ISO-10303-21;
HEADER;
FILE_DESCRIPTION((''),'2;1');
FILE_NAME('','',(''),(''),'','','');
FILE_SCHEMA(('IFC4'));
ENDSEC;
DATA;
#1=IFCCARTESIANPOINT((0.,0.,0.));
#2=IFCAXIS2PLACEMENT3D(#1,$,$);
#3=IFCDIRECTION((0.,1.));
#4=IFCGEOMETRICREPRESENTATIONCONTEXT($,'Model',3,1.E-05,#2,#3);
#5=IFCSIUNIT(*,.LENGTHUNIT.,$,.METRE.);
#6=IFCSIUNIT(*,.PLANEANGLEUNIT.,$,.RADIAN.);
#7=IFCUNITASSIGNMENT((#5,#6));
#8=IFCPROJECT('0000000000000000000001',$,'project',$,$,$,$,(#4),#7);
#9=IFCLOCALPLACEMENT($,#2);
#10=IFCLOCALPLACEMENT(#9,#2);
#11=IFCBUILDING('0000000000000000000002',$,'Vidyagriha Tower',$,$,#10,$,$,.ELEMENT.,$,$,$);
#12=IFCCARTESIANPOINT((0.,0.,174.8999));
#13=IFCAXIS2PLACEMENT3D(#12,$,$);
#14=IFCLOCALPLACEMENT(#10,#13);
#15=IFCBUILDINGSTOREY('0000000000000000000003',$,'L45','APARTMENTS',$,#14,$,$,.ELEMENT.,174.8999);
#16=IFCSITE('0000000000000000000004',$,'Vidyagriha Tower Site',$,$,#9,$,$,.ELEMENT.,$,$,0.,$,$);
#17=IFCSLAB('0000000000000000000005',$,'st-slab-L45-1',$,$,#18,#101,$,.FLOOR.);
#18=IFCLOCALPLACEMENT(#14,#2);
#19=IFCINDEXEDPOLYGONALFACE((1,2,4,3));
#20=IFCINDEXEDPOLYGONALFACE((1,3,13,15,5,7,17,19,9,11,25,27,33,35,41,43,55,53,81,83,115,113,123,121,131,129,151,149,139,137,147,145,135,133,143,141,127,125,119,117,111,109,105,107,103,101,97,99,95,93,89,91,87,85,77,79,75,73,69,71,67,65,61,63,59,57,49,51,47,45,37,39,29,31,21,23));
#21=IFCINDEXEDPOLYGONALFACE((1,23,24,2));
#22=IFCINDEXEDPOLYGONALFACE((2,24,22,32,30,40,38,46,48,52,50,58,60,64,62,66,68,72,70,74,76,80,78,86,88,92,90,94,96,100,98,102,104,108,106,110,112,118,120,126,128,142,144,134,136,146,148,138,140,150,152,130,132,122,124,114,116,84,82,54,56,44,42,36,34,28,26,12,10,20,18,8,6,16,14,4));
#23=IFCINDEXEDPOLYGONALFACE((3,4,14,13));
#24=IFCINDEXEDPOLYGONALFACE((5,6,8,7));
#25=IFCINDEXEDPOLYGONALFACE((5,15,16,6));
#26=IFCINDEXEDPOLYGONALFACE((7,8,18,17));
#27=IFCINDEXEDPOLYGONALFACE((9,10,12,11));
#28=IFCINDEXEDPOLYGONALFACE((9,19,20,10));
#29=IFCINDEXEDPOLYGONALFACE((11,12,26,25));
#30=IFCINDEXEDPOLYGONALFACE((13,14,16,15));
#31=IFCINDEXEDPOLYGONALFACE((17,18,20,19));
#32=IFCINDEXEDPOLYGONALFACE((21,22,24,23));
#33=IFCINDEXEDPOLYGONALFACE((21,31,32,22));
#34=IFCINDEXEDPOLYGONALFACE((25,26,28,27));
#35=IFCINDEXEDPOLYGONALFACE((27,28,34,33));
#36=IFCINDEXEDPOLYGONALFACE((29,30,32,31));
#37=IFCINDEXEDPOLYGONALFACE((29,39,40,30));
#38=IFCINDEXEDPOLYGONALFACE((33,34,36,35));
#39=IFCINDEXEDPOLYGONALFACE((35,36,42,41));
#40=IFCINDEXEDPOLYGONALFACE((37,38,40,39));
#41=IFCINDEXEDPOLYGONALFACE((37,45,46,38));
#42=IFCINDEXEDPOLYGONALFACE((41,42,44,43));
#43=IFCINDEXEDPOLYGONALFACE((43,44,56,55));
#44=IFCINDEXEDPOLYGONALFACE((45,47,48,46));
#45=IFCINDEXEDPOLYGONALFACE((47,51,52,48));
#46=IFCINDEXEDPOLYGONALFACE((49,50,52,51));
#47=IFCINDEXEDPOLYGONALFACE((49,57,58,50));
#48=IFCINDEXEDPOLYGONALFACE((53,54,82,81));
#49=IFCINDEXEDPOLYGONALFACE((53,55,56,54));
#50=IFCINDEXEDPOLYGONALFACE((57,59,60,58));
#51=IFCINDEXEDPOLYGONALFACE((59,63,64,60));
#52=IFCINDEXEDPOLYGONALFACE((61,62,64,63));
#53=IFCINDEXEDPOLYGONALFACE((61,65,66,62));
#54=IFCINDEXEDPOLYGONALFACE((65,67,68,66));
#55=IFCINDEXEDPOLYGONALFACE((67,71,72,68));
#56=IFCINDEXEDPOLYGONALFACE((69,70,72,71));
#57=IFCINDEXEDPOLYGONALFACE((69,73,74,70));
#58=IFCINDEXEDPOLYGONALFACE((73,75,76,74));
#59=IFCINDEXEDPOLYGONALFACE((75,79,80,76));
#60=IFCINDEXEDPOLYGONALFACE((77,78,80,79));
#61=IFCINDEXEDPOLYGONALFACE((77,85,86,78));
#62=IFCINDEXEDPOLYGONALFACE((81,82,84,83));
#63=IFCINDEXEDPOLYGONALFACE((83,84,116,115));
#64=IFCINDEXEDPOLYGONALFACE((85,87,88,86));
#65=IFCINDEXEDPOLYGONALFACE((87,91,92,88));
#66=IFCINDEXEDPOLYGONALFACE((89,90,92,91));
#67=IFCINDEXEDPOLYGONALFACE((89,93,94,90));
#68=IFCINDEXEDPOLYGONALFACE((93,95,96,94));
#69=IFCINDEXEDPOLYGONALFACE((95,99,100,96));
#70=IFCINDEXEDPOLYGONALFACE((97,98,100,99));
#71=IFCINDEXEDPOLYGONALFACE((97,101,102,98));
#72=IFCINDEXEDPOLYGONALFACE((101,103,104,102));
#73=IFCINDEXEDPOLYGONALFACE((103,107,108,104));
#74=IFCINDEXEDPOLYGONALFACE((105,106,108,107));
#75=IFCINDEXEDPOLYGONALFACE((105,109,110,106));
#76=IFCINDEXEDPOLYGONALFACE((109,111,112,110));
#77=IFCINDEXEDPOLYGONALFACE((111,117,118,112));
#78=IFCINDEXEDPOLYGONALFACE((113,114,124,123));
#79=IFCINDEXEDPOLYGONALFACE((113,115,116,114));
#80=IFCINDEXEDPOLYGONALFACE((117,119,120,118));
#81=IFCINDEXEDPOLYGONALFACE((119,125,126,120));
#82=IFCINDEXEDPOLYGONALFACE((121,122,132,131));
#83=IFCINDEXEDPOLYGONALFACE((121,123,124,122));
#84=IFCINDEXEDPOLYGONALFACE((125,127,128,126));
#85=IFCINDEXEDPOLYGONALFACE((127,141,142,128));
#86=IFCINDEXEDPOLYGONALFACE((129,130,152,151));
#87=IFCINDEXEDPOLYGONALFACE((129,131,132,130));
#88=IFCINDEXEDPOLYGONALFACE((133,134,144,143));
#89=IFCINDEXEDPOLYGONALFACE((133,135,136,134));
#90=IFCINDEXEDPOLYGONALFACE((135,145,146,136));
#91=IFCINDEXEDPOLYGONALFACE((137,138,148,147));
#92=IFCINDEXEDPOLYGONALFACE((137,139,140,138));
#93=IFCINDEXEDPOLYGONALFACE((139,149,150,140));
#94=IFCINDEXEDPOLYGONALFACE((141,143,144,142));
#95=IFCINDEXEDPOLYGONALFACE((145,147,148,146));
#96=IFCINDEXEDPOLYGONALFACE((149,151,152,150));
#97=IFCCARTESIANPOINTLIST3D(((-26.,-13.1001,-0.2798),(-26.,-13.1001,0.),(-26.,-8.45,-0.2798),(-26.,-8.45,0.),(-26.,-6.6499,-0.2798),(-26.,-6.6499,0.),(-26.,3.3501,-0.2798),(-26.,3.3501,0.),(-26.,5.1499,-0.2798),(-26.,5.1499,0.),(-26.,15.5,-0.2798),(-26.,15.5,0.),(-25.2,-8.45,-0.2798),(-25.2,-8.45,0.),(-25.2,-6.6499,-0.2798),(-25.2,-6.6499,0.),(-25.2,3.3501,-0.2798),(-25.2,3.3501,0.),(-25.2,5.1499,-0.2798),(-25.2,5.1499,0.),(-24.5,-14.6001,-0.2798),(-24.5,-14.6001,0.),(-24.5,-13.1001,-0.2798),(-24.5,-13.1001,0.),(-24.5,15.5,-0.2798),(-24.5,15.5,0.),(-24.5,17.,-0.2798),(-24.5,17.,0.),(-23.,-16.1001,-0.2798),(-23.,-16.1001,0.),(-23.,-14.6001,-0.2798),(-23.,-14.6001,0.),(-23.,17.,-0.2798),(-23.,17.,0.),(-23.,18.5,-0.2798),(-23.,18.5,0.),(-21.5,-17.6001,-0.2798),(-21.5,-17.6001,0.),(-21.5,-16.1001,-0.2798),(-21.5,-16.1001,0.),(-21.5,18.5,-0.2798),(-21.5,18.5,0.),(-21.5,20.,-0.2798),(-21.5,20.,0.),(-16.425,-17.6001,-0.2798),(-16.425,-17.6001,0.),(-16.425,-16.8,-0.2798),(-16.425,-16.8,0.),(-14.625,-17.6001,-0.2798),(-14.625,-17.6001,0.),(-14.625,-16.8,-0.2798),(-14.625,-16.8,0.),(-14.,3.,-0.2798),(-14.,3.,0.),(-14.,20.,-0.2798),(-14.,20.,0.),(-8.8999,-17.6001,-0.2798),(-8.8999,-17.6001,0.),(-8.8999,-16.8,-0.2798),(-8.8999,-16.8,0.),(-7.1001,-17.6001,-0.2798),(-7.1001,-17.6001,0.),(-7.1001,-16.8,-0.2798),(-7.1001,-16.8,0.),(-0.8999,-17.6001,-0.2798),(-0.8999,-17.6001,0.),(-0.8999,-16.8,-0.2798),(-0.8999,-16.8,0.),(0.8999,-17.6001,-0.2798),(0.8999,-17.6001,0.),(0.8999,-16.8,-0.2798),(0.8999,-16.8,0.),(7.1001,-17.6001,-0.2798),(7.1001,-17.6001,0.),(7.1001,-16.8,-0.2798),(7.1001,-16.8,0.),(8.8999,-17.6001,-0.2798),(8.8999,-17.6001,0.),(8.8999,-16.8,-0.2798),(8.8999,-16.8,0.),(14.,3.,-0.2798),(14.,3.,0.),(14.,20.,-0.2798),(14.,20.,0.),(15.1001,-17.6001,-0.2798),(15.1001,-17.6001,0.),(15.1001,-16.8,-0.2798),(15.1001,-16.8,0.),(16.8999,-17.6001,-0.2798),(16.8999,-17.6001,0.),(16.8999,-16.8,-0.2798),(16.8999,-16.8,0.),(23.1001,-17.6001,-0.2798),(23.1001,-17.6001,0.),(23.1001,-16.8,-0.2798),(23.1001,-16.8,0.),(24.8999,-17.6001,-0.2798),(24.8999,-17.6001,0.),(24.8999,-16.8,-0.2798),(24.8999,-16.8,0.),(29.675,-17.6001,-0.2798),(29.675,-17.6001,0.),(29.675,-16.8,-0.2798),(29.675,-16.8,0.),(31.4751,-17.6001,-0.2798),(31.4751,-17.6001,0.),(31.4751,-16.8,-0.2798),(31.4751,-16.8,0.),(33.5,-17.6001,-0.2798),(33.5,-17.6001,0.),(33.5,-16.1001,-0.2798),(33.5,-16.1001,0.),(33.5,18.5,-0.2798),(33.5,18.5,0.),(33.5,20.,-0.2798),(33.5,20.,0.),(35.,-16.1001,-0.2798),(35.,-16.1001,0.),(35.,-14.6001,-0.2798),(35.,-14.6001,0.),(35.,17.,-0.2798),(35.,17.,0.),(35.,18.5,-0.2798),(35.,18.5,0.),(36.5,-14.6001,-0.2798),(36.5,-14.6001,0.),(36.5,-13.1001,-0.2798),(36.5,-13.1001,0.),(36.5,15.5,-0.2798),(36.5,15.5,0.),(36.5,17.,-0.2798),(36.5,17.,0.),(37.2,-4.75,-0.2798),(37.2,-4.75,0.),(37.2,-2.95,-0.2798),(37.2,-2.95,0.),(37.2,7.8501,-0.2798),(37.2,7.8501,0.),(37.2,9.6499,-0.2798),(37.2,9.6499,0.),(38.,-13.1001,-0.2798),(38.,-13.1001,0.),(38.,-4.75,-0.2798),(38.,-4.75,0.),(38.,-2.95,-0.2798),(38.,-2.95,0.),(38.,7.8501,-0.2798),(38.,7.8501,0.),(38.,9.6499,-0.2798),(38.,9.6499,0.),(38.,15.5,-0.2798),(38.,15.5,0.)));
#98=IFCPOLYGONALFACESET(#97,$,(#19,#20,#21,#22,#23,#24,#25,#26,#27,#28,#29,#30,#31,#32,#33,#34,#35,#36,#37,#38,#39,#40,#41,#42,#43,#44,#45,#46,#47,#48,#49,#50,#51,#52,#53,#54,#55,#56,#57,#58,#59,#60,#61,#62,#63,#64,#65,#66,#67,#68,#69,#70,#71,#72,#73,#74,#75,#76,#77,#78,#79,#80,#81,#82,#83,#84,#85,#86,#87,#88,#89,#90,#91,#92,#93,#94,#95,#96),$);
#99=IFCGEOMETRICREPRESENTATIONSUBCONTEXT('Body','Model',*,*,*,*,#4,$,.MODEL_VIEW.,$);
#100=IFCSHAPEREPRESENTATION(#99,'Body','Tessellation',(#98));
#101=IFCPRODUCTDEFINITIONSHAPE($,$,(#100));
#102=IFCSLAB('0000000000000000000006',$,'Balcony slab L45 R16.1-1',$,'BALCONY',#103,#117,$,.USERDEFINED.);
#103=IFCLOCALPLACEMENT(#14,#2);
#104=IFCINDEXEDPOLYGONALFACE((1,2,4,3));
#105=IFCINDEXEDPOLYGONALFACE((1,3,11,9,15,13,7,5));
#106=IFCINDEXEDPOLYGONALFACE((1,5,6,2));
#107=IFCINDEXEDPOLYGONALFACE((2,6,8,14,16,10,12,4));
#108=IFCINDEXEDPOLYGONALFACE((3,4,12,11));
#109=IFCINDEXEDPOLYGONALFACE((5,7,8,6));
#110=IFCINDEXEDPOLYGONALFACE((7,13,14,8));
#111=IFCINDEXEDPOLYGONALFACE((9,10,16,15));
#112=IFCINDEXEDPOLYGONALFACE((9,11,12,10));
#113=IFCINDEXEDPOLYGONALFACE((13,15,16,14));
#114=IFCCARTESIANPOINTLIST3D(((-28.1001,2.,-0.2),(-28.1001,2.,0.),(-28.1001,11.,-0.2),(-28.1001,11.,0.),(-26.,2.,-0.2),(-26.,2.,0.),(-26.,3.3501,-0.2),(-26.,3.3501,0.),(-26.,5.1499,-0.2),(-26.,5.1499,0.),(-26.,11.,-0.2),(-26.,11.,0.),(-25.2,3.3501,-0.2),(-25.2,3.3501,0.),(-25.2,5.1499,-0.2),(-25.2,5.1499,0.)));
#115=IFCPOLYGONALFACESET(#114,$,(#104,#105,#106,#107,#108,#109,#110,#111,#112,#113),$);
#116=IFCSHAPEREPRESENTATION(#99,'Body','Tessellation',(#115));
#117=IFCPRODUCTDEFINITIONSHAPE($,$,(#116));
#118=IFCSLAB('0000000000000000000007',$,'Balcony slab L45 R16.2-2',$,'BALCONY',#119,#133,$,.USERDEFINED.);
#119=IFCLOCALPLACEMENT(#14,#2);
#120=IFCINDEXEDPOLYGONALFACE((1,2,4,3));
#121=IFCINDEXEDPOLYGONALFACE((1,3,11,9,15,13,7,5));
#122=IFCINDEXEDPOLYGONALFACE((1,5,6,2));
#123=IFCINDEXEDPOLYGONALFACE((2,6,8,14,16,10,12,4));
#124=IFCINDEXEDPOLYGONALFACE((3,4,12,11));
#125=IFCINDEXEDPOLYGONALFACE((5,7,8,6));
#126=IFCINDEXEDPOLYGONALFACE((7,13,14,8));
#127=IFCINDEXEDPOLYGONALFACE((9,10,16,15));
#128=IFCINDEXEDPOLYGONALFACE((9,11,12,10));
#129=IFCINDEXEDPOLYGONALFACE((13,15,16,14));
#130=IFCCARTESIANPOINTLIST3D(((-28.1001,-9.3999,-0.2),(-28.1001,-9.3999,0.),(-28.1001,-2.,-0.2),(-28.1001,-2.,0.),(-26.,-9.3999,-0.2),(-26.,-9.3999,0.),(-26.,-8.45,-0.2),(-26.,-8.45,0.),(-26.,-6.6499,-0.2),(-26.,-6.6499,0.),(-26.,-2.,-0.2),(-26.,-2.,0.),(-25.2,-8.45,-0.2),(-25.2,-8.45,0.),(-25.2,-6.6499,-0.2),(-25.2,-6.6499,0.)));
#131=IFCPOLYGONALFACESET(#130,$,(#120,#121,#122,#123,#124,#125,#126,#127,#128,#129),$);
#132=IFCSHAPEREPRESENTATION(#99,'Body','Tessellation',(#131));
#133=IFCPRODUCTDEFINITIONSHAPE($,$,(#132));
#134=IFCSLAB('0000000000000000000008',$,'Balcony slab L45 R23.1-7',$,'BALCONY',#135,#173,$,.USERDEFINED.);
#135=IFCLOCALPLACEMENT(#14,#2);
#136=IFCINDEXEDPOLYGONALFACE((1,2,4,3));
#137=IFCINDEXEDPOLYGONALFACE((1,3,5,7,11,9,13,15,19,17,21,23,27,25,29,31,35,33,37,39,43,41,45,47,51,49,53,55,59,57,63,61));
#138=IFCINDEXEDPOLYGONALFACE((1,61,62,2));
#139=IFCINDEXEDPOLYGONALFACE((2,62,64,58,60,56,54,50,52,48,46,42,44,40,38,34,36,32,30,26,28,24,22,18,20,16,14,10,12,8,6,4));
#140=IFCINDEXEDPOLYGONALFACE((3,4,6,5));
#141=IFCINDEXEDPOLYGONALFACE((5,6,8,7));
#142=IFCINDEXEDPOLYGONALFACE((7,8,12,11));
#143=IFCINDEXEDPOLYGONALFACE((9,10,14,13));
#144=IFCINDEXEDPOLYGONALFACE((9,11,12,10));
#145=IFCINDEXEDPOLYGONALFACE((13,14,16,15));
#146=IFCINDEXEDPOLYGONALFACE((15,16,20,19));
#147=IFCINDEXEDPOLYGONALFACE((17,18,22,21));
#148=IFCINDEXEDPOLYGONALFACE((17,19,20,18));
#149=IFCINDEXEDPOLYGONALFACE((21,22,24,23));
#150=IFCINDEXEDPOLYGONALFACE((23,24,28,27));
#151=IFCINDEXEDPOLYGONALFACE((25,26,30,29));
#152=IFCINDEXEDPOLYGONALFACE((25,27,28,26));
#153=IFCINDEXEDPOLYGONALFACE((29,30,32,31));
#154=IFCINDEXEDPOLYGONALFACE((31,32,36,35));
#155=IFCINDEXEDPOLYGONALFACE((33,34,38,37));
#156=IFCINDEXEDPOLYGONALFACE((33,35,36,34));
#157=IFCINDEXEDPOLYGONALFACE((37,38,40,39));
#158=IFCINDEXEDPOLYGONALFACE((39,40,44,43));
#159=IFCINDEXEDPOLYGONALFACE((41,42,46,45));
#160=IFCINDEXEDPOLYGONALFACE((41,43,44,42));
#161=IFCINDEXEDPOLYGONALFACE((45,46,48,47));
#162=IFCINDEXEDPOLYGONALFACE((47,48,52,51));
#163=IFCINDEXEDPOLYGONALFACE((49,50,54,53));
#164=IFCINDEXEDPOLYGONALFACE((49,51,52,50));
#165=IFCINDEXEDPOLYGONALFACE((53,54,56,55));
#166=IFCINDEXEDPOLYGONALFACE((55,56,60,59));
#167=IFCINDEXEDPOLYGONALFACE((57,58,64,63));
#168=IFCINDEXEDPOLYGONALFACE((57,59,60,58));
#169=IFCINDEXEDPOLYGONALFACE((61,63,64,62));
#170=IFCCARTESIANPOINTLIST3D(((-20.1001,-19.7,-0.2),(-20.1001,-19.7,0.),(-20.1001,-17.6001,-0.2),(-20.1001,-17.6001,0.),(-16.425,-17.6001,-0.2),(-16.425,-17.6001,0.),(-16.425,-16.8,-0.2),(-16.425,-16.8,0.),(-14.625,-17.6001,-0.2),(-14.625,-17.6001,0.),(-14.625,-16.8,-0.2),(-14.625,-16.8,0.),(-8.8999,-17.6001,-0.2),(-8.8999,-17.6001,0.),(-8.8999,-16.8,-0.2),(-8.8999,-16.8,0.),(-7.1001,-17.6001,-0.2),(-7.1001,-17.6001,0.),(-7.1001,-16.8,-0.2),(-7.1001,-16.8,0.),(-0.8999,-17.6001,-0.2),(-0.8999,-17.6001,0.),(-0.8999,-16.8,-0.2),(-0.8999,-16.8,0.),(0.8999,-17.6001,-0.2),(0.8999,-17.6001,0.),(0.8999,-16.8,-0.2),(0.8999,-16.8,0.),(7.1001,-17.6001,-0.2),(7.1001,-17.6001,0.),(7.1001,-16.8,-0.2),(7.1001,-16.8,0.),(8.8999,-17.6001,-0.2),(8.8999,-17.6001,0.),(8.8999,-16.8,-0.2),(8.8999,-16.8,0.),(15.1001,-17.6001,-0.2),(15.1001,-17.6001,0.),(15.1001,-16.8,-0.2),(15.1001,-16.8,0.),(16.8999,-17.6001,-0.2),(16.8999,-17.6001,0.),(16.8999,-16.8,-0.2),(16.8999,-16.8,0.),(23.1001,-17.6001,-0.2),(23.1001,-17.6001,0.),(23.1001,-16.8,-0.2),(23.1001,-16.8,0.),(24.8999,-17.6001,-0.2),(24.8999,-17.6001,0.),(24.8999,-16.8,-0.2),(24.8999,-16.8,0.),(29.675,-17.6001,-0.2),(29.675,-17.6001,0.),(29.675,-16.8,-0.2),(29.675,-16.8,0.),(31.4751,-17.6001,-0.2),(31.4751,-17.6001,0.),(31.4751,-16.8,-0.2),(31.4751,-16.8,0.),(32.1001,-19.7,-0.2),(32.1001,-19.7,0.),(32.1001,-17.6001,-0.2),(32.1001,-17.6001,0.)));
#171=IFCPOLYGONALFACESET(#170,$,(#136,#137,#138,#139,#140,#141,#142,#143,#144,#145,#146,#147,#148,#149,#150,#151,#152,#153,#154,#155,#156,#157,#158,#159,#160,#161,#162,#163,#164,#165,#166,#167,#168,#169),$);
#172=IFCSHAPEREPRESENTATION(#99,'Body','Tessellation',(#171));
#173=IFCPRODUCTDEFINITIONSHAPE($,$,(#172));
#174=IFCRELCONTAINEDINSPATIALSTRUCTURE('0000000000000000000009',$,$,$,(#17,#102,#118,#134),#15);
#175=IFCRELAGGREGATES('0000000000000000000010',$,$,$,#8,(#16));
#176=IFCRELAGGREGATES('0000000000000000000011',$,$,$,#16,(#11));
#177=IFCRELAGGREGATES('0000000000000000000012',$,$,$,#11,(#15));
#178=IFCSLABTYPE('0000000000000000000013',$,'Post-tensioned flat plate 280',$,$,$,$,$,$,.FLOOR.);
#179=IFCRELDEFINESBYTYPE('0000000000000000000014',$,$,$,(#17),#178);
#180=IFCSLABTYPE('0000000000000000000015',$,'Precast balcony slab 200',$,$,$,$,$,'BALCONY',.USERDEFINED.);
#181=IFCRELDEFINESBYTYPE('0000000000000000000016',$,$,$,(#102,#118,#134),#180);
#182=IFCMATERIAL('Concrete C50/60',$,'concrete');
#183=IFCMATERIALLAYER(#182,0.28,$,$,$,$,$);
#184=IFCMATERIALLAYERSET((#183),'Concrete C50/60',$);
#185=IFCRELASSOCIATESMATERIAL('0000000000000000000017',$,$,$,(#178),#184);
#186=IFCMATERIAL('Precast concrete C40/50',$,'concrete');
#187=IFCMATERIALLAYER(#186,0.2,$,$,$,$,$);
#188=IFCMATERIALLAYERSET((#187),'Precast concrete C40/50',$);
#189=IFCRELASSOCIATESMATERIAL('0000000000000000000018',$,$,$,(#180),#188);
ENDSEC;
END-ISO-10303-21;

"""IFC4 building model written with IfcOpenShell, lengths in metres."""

from ifc_helpers import new_model, si_unit, direction, frame, origin, place, context, subcontext, project, spatial, polyline, outline, extrude, material, layer, layer_set, type_object, element, save


model = new_model("IFC4")

# Units and contexts
model_context = context("Model", 3, precision=1e-05, world=origin(), true_north=direction((0.0, 1.0)))
body_context = subcontext(model_context, "Body", "Model", "MODEL_VIEW")
ifc_project = project(units=[si_unit("LENGTHUNIT", "METRE"), si_unit("PLANEANGLEUNIT", "RADIAN")], contexts=[model_context])

# Site, building, storey
site_placement = place(None, origin())
site = spatial("IfcSite", under=ifc_project, at=site_placement, Name="Vidyagriha Tower Site", CompositionType="ELEMENT", RefElevation=0.0)
building_placement = place(site_placement, origin())
building = spatial("IfcBuilding", under=site, at=building_placement, Name="Vidyagriha Tower", CompositionType="ELEMENT")
storey_placement = place(building_placement, frame((0.0, 0.0, 174.8999)))
storey = spatial("IfcBuildingStorey", under=building, at=storey_placement, Name="L45", Description="APARTMENTS", CompositionType="ELEMENT", Elevation=174.8999)

# Slabs
ifc_material_1 = material(Name="Concrete C50/60", Category="concrete")
ifc_layer_1 = layer(ifc_material_1, 0.28)
ifc_layer_set_1 = layer_set([ifc_layer_1], Name="Concrete C50/60")
slab_type_1 = type_object("IfcSlabType", Name="Post-tensioned flat plate 280", PredefinedType="FLOOR", material=ifc_layer_set_1)
slab_1_placement = place(storey_placement, frame((0.0, 0.0, -0.2798)))
element("IfcSlab", 1, at=slab_1_placement, inside=storey, type_object=slab_type_1, Name="st-slab-L45-1", PredefinedType="FLOOR", context=body_context, shape_type="SweptSolid", body=[
    extrude(outline(polyline([(36.5, -14.6001), (35.0, -14.6001), (35.0, -16.1001), (33.5, -16.1001), (33.5, -17.6001), (31.4751, -17.6001), (31.4751, -16.8), (29.675, -16.8), (29.675, -17.6001), (24.8999, -17.6001), (24.8999, -16.8), (23.1001, -16.8), (23.1001, -17.6001), (16.8999, -17.6001), (16.8999, -16.8), (15.1001, -16.8), (15.1001, -17.6001), (8.8999, -17.6001), (8.8999, -16.8), (7.1001, -16.8), (7.1001, -17.6001), (0.8999, -17.6001), (0.8999, -16.8), (-0.8999, -16.8), (-0.8999, -17.6001), (-7.1001, -17.6001), (-7.1001, -16.8), (-8.8999, -16.8), (-8.8999, -17.6001), (-14.625, -17.6001), (-14.625, -16.8), (-16.425, -16.8), (-16.425, -17.6001), (-21.5, -17.6001), (-21.5, -16.1001), (-23.0, -16.1001), (-23.0, -14.6001), (-24.5, -14.6001), (-24.5, -13.1001), (-26.0, -13.1001), (-26.0, -8.45), (-25.2, -8.45), (-25.2, -6.6499), (-26.0, -6.6499), (-26.0, 3.3501), (-25.2, 3.3501), (-25.2, 5.1499), (-26.0, 5.1499), (-26.0, 15.5), (-24.5, 15.5), (-24.5, 17.0), (-23.0, 17.0), (-23.0, 18.5), (-21.5, 18.5), (-21.5, 20.0), (-14.0, 20.0), (-14.0, 3.0), (14.0, 3.0), (14.0, 20.0), (33.5, 20.0), (33.5, 18.5), (35.0, 18.5), (35.0, 17.0), (36.5, 17.0), (36.5, 15.5), (38.0, 15.5), (38.0, 9.6499), (37.2, 9.6499), (37.2, 7.8501), (38.0, 7.8501), (38.0, -2.95), (37.2, -2.95), (37.2, -4.75), (38.0, -4.75), (38.0, -13.1001), (36.5, -13.1001), (36.5, -14.6001)])), origin(), (0.0, 0.0, 1.0), 0.2798),
])
ifc_material_2 = material(Name="Precast concrete C40/50", Category="concrete")
ifc_layer_2 = layer(ifc_material_2, 0.2)
ifc_layer_set_2 = layer_set([ifc_layer_2], Name="Precast concrete C40/50")
slab_type_2 = type_object("IfcSlabType", Name="Precast balcony slab 200", ElementType="BALCONY", PredefinedType="USERDEFINED", material=ifc_layer_set_2)
slab_2_placement = place(storey_placement, frame((0.0, 0.0, -0.2)))
element("IfcSlab", 2, at=slab_2_placement, inside=storey, type_object=slab_type_2, Name="Balcony slab L45 R16.1-1", ObjectType="BALCONY", PredefinedType="USERDEFINED", context=body_context, shape_type="SweptSolid", body=[
    extrude(outline(polyline([(-25.2, 3.3501), (-25.2, 5.1499), (-26.0, 5.1499), (-26.0, 11.0), (-28.1001, 11.0), (-28.1001, 2.0), (-26.0, 2.0), (-26.0, 3.3501), (-25.2, 3.3501)])), origin(), (0.0, 0.0, 1.0), 0.2),
])
slab_3_placement = place(storey_placement, frame((0.0, 0.0, -0.2)))
element("IfcSlab", 3, at=slab_3_placement, inside=storey, type_object=slab_type_2, Name="Balcony slab L45 R16.2-2", ObjectType="BALCONY", PredefinedType="USERDEFINED", context=body_context, shape_type="SweptSolid", body=[
    extrude(outline(polyline([(-25.2, -8.45), (-25.2, -6.6499), (-26.0, -6.6499), (-26.0, -2.0), (-28.1001, -2.0), (-28.1001, -9.3999), (-26.0, -9.3999), (-26.0, -8.45), (-25.2, -8.45)])), origin(), (0.0, 0.0, 1.0), 0.2),
])
slab_4_placement = place(storey_placement, frame((0.0, 0.0, -0.2)))
element("IfcSlab", 4, at=slab_4_placement, inside=storey, type_object=slab_type_2, Name="Balcony slab L45 R23.1-7", ObjectType="BALCONY", PredefinedType="USERDEFINED", context=body_context, shape_type="SweptSolid", body=[
    extrude(outline(polyline([(-14.625, -16.8), (-16.425, -16.8), (-16.425, -17.6001), (-20.1001, -17.6001), (-20.1001, -19.7), (32.1001, -19.7), (32.1001, -17.6001), (31.4751, -17.6001), (31.4751, -16.8), (29.675, -16.8), (29.675, -17.6001), (24.8999, -17.6001), (24.8999, -16.8), (23.1001, -16.8), (23.1001, -17.6001), (16.8999, -17.6001), (16.8999, -16.8), (15.1001, -16.8), (15.1001, -17.6001), (8.8999, -17.6001), (8.8999, -16.8), (7.1001, -16.8), (7.1001, -17.6001), (0.8999, -17.6001), (0.8999, -16.8), (-0.8999, -16.8), (-0.8999, -17.6001), (-7.1001, -17.6001), (-7.1001, -16.8), (-8.8999, -16.8), (-8.8999, -17.6001), (-14.625, -17.6001), (-14.625, -16.8)])), origin(), (0.0, 0.0, 1.0), 0.2),
])

save(model, "model.ifc")
